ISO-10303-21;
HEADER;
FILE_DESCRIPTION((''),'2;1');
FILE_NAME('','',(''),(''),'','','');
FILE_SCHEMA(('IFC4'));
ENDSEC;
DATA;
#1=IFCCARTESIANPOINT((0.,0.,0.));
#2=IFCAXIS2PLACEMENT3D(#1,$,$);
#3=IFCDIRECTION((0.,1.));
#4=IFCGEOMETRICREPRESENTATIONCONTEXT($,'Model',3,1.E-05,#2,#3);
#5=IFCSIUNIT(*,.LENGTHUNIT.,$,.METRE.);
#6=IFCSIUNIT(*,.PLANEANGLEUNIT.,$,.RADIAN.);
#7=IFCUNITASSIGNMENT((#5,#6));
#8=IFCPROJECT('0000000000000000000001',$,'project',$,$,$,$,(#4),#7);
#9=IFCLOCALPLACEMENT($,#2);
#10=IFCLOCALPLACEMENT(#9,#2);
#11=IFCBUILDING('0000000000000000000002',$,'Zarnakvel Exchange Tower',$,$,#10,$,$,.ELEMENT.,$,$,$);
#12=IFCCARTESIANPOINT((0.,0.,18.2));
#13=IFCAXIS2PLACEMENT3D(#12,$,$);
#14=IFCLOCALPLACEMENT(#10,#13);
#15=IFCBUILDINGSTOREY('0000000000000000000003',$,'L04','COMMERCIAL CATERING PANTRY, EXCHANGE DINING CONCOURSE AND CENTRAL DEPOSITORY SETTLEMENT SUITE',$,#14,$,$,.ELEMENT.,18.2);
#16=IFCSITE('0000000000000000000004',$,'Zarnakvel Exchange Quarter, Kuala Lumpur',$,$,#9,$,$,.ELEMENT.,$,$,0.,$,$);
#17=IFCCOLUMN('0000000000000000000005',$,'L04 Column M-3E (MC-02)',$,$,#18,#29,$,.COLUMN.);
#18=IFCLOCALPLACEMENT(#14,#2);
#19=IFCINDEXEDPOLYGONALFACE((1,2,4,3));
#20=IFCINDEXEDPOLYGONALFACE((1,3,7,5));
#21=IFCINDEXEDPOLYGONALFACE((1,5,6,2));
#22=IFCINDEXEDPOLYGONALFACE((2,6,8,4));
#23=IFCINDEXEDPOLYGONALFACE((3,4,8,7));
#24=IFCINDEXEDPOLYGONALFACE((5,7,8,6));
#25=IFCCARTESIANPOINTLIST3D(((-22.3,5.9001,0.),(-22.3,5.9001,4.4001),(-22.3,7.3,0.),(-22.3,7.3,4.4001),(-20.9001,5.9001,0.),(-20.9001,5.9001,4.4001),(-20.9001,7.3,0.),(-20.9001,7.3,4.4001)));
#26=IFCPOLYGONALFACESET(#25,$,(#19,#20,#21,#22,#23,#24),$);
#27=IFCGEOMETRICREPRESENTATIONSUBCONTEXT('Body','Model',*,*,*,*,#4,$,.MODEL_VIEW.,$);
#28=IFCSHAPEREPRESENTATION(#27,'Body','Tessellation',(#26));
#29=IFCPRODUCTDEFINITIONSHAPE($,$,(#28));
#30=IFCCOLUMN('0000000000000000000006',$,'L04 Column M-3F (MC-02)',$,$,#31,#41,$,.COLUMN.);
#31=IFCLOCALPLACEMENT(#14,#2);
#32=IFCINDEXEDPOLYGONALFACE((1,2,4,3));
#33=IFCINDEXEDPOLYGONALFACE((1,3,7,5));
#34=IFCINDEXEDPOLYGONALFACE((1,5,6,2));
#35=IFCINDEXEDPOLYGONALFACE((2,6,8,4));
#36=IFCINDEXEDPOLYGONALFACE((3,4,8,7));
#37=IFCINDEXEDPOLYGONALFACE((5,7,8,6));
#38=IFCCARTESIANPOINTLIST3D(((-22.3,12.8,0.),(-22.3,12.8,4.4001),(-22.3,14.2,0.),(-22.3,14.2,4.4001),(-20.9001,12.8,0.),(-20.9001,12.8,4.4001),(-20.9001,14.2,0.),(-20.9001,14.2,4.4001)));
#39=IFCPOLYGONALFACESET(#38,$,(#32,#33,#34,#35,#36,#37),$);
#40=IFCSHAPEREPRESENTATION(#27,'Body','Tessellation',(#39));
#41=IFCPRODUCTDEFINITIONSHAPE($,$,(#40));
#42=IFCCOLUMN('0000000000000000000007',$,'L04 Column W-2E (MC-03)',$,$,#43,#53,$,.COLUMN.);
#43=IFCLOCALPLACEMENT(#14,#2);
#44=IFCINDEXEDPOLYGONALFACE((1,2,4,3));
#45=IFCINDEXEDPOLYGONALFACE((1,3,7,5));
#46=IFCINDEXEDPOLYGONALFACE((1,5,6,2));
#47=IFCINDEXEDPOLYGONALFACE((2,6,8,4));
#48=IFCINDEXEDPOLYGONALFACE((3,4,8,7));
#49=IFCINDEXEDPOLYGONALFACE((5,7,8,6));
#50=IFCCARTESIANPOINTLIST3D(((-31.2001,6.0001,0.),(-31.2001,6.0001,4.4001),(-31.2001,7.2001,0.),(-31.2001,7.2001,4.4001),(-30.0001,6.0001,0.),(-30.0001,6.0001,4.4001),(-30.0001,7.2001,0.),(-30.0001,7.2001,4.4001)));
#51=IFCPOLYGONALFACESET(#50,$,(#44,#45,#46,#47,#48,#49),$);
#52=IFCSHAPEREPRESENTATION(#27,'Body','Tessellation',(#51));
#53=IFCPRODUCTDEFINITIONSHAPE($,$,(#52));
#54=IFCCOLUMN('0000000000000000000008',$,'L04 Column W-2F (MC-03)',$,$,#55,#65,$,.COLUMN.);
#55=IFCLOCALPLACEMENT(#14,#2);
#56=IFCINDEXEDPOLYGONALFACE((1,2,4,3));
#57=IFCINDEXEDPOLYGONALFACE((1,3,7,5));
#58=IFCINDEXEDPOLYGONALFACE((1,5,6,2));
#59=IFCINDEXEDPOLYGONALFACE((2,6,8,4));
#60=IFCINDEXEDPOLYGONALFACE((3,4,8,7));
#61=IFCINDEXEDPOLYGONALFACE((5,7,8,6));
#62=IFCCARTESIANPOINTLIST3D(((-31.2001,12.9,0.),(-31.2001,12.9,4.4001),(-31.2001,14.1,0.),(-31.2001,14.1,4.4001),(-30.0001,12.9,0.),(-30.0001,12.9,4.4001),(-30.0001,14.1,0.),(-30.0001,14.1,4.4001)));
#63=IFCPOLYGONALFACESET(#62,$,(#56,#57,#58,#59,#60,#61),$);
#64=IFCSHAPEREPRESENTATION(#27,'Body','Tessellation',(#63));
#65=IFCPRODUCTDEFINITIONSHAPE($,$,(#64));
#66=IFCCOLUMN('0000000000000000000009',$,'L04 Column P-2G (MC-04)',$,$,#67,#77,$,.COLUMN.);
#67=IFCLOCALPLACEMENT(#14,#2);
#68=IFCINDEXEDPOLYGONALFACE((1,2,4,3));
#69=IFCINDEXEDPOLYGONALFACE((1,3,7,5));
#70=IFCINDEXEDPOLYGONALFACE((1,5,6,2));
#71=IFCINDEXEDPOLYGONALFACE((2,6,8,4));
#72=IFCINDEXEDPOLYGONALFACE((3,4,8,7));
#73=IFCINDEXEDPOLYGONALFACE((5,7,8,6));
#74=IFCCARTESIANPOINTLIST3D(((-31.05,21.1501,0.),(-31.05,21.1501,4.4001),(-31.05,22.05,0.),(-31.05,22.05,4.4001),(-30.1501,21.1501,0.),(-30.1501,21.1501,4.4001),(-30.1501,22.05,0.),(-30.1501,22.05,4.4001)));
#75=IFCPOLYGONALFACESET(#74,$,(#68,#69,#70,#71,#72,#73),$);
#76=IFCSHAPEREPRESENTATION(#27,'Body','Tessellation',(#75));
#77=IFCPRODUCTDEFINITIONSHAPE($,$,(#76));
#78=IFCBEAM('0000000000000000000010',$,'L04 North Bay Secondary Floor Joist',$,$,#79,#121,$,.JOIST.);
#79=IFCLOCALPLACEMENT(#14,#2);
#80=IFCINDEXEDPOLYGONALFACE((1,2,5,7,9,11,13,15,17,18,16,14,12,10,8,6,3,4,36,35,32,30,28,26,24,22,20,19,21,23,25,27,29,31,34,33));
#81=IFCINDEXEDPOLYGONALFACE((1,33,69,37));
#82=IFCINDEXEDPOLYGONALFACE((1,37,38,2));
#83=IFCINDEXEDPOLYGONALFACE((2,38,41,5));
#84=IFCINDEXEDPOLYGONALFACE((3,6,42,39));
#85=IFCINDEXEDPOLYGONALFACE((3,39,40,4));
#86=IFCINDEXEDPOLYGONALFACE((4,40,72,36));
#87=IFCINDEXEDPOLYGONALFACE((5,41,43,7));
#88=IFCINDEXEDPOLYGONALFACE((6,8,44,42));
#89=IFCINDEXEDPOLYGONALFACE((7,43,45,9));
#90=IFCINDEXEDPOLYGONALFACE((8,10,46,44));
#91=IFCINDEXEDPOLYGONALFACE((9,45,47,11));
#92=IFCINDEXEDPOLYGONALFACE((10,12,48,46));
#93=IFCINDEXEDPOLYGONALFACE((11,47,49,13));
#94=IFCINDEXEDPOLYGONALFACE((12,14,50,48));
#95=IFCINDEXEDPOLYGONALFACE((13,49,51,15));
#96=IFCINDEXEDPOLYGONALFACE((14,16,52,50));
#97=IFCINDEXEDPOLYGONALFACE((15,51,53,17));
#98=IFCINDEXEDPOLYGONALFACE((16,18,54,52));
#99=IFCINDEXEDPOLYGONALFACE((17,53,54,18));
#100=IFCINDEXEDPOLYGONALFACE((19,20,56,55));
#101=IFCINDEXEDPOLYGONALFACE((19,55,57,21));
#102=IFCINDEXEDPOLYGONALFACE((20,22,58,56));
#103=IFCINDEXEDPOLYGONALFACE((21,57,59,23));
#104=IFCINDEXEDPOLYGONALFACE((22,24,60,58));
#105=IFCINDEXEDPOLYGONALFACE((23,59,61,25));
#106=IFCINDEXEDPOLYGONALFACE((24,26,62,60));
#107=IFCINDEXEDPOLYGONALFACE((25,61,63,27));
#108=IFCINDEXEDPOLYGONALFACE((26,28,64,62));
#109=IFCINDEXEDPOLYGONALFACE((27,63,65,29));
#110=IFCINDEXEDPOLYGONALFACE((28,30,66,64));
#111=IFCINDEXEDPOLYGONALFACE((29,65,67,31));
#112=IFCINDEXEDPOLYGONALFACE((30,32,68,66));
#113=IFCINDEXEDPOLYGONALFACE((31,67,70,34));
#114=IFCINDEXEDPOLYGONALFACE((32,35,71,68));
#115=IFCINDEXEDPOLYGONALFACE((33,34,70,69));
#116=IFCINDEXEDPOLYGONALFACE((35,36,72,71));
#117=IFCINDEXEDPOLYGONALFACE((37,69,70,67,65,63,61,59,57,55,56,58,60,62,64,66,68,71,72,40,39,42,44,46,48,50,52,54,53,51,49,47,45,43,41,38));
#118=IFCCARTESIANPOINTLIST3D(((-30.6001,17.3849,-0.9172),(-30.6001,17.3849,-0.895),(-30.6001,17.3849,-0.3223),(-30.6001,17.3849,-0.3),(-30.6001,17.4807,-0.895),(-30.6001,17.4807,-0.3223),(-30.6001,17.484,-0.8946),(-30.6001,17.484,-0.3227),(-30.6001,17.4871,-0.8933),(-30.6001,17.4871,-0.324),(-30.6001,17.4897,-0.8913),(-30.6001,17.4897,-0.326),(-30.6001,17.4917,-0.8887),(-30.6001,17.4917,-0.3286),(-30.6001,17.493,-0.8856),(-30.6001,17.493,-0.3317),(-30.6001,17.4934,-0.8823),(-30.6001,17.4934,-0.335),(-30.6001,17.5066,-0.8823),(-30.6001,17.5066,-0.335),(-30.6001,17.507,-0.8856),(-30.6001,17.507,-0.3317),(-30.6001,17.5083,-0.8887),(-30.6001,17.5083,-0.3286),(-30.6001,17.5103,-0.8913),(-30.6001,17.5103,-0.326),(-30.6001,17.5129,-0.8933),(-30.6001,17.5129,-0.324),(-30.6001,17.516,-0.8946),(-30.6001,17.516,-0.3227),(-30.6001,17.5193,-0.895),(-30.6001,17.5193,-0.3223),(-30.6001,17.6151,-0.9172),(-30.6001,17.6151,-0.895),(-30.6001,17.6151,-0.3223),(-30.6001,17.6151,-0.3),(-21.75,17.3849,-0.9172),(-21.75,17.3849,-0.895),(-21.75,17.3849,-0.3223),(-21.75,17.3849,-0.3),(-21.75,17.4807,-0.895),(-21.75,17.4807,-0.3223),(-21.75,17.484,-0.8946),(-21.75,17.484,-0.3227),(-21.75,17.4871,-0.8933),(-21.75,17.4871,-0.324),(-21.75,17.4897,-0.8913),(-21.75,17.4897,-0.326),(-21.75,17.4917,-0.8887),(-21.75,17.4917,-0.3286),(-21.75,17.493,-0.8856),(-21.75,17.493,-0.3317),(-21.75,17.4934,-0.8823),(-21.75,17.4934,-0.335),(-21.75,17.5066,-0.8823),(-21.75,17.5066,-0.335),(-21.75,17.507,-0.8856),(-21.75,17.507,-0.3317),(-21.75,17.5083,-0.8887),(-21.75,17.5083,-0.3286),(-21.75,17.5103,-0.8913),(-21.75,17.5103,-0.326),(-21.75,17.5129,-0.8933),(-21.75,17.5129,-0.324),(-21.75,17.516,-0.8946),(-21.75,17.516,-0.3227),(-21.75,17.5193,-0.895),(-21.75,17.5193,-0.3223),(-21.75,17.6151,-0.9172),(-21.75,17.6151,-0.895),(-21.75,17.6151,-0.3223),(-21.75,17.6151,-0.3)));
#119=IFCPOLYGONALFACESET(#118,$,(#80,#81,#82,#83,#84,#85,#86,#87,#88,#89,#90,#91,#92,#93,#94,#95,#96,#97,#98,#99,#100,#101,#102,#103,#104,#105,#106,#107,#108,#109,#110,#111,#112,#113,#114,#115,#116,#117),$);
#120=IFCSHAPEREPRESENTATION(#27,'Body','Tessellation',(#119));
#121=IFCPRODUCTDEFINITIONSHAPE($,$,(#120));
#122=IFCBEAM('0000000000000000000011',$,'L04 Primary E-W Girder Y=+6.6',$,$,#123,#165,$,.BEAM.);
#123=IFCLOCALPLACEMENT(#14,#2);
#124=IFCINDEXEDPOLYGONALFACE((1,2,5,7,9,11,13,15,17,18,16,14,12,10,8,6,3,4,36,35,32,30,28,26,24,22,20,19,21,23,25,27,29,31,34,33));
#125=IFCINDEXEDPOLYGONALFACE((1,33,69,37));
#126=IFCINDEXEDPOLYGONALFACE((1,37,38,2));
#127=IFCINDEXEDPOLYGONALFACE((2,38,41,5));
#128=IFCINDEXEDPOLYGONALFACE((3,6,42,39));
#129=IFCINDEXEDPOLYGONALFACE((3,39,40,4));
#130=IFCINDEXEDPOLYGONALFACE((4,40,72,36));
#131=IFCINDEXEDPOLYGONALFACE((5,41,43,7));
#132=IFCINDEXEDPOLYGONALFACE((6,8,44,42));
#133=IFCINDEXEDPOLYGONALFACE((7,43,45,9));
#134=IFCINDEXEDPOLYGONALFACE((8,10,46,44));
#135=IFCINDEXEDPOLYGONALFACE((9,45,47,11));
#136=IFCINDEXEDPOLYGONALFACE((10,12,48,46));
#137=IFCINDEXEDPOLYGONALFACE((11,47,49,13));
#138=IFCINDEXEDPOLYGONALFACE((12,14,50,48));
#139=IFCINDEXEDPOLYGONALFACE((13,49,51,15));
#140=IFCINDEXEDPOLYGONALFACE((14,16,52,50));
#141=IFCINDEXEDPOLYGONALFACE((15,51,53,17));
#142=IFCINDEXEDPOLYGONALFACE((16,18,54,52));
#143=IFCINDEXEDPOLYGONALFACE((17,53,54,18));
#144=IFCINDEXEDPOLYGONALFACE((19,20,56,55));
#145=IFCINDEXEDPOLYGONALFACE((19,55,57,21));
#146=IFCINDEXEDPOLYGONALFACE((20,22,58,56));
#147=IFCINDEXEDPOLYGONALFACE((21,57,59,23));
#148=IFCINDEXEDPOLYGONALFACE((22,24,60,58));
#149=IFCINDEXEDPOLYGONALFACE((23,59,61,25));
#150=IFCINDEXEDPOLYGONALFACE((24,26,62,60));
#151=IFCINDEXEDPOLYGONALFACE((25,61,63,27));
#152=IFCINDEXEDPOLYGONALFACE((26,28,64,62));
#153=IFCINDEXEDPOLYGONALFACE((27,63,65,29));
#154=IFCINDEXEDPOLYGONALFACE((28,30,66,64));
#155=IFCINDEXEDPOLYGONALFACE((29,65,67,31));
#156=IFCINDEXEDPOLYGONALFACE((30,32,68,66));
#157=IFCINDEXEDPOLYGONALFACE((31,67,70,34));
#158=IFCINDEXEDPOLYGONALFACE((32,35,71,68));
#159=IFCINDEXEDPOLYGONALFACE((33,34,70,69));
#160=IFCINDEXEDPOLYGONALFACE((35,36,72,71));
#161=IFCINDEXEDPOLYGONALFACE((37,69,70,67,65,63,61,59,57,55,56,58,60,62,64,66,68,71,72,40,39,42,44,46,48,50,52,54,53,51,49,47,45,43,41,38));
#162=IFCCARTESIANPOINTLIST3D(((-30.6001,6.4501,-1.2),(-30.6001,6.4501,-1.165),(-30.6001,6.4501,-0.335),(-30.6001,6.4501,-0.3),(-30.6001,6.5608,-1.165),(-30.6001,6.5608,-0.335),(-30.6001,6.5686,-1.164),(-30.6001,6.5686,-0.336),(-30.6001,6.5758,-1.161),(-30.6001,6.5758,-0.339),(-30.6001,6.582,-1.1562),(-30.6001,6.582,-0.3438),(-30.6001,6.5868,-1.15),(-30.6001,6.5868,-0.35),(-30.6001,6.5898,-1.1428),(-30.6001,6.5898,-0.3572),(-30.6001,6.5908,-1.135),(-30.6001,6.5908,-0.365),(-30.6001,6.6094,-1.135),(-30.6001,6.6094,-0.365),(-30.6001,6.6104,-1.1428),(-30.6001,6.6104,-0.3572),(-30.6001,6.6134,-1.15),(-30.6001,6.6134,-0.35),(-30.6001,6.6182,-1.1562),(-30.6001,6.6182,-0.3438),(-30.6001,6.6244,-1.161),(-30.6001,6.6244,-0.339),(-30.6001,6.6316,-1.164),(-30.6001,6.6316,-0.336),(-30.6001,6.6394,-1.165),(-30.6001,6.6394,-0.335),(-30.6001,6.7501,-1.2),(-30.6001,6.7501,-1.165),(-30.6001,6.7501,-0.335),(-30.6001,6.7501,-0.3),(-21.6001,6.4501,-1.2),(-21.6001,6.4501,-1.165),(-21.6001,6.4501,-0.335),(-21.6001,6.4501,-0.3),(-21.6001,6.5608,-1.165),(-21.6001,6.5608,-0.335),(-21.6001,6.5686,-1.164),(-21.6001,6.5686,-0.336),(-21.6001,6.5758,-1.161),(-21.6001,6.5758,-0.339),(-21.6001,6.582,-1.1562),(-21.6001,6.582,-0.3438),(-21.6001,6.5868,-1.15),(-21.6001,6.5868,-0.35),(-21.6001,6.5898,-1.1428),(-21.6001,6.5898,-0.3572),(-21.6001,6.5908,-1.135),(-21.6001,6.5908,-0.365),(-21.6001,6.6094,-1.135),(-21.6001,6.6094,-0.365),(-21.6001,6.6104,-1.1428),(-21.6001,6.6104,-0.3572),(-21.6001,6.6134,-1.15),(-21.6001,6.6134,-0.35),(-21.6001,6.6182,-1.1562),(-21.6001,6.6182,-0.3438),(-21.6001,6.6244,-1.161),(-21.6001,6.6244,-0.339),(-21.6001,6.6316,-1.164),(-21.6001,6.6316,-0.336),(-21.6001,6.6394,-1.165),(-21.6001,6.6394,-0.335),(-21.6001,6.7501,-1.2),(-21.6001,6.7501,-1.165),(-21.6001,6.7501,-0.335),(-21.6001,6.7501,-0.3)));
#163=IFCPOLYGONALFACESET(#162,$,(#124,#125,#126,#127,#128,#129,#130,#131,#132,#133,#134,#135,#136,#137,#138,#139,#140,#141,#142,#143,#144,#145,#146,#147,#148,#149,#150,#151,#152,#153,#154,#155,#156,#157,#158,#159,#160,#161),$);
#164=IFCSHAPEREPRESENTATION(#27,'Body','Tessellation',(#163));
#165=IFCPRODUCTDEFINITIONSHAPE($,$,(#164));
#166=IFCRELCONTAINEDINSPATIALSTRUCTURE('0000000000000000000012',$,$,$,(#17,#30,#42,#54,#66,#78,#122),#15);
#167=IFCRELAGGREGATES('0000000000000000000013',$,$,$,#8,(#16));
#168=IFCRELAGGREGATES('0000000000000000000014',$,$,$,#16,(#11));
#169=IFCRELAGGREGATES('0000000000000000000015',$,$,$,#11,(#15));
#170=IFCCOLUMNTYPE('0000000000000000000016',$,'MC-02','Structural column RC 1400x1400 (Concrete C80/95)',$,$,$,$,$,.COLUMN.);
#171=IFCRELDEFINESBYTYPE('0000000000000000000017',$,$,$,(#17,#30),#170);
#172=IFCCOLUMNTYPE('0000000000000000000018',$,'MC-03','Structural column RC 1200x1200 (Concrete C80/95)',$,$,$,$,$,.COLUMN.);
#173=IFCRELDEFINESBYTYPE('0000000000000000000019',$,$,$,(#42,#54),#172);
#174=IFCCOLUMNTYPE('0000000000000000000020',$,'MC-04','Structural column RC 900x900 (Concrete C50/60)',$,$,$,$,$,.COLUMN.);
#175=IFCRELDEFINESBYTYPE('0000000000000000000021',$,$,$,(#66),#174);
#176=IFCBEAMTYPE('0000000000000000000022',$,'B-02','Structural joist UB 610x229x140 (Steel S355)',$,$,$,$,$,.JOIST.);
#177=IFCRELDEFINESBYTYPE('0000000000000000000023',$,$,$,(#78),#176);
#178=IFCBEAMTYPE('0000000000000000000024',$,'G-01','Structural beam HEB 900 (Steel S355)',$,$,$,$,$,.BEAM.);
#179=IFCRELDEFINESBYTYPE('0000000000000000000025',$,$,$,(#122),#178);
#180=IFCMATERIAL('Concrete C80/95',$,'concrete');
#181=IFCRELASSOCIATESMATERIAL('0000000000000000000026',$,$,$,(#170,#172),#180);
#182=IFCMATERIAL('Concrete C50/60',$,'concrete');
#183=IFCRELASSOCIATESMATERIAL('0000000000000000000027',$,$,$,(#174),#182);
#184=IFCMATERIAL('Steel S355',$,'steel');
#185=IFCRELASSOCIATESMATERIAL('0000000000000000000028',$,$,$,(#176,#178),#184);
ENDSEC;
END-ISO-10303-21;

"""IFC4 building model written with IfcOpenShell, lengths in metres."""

from ifc_helpers import new_model, si_unit, direction, frame, origin, origin_2d, place, context, subcontext, project, spatial, rectangle, i_section, extrude, material, material_profile, profile_set, type_object, element, save


model = new_model("IFC4")

# Units and contexts
model_context = context("Model", 3, precision=1e-05, world=origin(), true_north=direction((0.0, 1.0)))
body_context = subcontext(model_context, "Body", "Model", "MODEL_VIEW")
ifc_project = project(units=[si_unit("LENGTHUNIT", "METRE"), si_unit("PLANEANGLEUNIT", "RADIAN")], contexts=[model_context])

# Site, building, storey
site_placement = place(None, origin())
site = spatial("IfcSite", under=ifc_project, at=site_placement, Name="Zarnakvel Exchange Quarter, Kuala Lumpur", CompositionType="ELEMENT", RefElevation=0.0)
building_placement = place(site_placement, origin())
building = spatial("IfcBuilding", under=site, at=building_placement, Name="Zarnakvel Exchange Tower", CompositionType="ELEMENT")
storey_placement = place(building_placement, frame((0.0, 0.0, 18.2)))
storey = spatial("IfcBuildingStorey", under=building, at=storey_placement, Name="L04", Description="COMMERCIAL CATERING PANTRY, EXCHANGE DINING CONCOURSE AND CENTRAL DEPOSITORY SETTLEMENT SUITE", CompositionType="ELEMENT", Elevation=18.2)

# Columns
ifc_material_1 = material(Name="Concrete C80/95", Category="concrete")
ifc_material_profile_1 = material_profile(ifc_material_1, rectangle(XDim=1.3999, YDim=1.3999, at=origin_2d()))
ifc_profile_set_1 = profile_set([ifc_material_profile_1], Name="Concrete C80/95")
column_type_1 = type_object("IfcColumnType", Name="MC-02", Description="Structural column RC 1400x1400 (Concrete C80/95)", PredefinedType="COLUMN", material=ifc_profile_set_1)
for number, where, z_axis, x_axis, name in (
    (1, (-21.6001, 6.6001, 0.0), (0.0, 0.0, 1.0), (1.0, 0.0, 0.0), "L04 Column M-3E (MC-02)"),
    (2, (-21.6001, 13.5, 0.0), (0.0, 0.0, 1.0), (1.0, 0.0, 0.0), "L04 Column M-3F (MC-02)"),
):
    element("IfcColumn", number, at=place(storey_placement, frame(where, z_axis=z_axis, x_axis=x_axis)), inside=storey, type_object=column_type_1, Name=name, PredefinedType="COLUMN", context=body_context, shape_type="SweptSolid", body=[
        extrude(rectangle(XDim=1.3999, YDim=1.3999, at=origin_2d()), origin(), (0.0, 0.0, 1.0), 4.4001),
    ])
ifc_material_profile_2 = material_profile(ifc_material_1, rectangle(XDim=1.2, YDim=1.2, at=origin_2d()))
ifc_profile_set_2 = profile_set([ifc_material_profile_2], Name="Concrete C80/95")
column_type_2 = type_object("IfcColumnType", Name="MC-03", Description="Structural column RC 1200x1200 (Concrete C80/95)", PredefinedType="COLUMN", material=ifc_profile_set_2)
for number, where, z_axis, x_axis, name in (
    (3, (-30.6001, 6.6001, 0.0), (0.0, 0.0, 1.0), (1.0, 0.0, 0.0), "L04 Column W-2E (MC-03)"),
    (4, (-30.6001, 13.5, 0.0), (0.0, 0.0, 1.0), (1.0, 0.0, 0.0), "L04 Column W-2F (MC-03)"),
):
    element("IfcColumn", number, at=place(storey_placement, frame(where, z_axis=z_axis, x_axis=x_axis)), inside=storey, type_object=column_type_2, Name=name, PredefinedType="COLUMN", context=body_context, shape_type="SweptSolid", body=[
        extrude(rectangle(XDim=1.2, YDim=1.2, at=origin_2d()), origin(), (0.0, 0.0, 1.0), 4.4001),
    ])
ifc_material_2 = material(Name="Concrete C50/60", Category="concrete")
ifc_material_profile_3 = material_profile(ifc_material_2, rectangle(XDim=0.8999, YDim=0.8999, at=origin_2d()))
ifc_profile_set_3 = profile_set([ifc_material_profile_3], Name="Concrete C50/60")
column_type_3 = type_object("IfcColumnType", Name="MC-04", Description="Structural column RC 900x900 (Concrete C50/60)", PredefinedType="COLUMN", material=ifc_profile_set_3)
column_placement = place(storey_placement, frame((-30.6001, 21.6001, 0.0), z_axis=(0.0, 0.0, 1.0), x_axis=(1.0, 0.0, 0.0)))
element("IfcColumn", 5, at=column_placement, inside=storey, type_object=column_type_3, Name="L04 Column P-2G (MC-04)", PredefinedType="COLUMN", context=body_context, shape_type="SweptSolid", body=[
    extrude(rectangle(XDim=0.8999, YDim=0.8999, at=origin_2d()), origin(), (0.0, 0.0, 1.0), 4.4001),
])

# Beams
ifc_material_3 = material(Name="Steel S355", Category="steel")
ifc_material_profile_4 = material_profile(ifc_material_3, i_section(OverallWidth=0.2302, OverallDepth=0.6172, WebThickness=0.0132, FlangeThickness=0.0222, FilletRadius=0.0127, at=origin_2d()))
ifc_profile_set_4 = profile_set([ifc_material_profile_4], Name="Steel S355")
beam_type_1 = type_object("IfcBeamType", Name="B-02", Description="Structural joist UB 610x229x140 (Steel S355)", PredefinedType="JOIST", material=ifc_profile_set_4)
beam_1_placement = place(storey_placement, frame((-30.6001, 17.5, -0.6086), z_axis=(1.0, 0.0, 0.0), x_axis=(0.0, 1.0, 0.0)))
element("IfcBeam", 6, at=beam_1_placement, inside=storey, type_object=beam_type_1, Name="L04 North Bay Secondary Floor Joist", PredefinedType="JOIST", context=body_context, shape_type="SweptSolid", body=[
    extrude(i_section(OverallWidth=0.2302, OverallDepth=0.6172, WebThickness=0.0132, FlangeThickness=0.0222, FilletRadius=0.0127, at=origin_2d()), origin(), (0.0, 0.0, 1.0), 8.8501),
])
ifc_material_profile_5 = material_profile(ifc_material_3, i_section(OverallWidth=0.3, OverallDepth=0.8999, WebThickness=0.0186, FlangeThickness=0.0349, FilletRadius=0.03, at=origin_2d()))
ifc_profile_set_5 = profile_set([ifc_material_profile_5], Name="Steel S355")
beam_type_2 = type_object("IfcBeamType", Name="G-01", Description="Structural beam HEB 900 (Steel S355)", PredefinedType="BEAM", material=ifc_profile_set_5)
beam_2_placement = place(storey_placement, frame((-30.6001, 6.6001, -0.75), z_axis=(1.0, 0.0, 0.0), x_axis=(0.0, 1.0, 0.0)))
element("IfcBeam", 7, at=beam_2_placement, inside=storey, type_object=beam_type_2, Name="L04 Primary E-W Girder Y=+6.6", PredefinedType="BEAM", context=body_context, shape_type="SweptSolid", body=[
    extrude(i_section(OverallWidth=0.3, OverallDepth=0.8999, WebThickness=0.0186, FlangeThickness=0.0349, FilletRadius=0.03, at=origin_2d()), origin(), (0.0, 0.0, 1.0), 9.0),
])

save(model, "model.ifc")
